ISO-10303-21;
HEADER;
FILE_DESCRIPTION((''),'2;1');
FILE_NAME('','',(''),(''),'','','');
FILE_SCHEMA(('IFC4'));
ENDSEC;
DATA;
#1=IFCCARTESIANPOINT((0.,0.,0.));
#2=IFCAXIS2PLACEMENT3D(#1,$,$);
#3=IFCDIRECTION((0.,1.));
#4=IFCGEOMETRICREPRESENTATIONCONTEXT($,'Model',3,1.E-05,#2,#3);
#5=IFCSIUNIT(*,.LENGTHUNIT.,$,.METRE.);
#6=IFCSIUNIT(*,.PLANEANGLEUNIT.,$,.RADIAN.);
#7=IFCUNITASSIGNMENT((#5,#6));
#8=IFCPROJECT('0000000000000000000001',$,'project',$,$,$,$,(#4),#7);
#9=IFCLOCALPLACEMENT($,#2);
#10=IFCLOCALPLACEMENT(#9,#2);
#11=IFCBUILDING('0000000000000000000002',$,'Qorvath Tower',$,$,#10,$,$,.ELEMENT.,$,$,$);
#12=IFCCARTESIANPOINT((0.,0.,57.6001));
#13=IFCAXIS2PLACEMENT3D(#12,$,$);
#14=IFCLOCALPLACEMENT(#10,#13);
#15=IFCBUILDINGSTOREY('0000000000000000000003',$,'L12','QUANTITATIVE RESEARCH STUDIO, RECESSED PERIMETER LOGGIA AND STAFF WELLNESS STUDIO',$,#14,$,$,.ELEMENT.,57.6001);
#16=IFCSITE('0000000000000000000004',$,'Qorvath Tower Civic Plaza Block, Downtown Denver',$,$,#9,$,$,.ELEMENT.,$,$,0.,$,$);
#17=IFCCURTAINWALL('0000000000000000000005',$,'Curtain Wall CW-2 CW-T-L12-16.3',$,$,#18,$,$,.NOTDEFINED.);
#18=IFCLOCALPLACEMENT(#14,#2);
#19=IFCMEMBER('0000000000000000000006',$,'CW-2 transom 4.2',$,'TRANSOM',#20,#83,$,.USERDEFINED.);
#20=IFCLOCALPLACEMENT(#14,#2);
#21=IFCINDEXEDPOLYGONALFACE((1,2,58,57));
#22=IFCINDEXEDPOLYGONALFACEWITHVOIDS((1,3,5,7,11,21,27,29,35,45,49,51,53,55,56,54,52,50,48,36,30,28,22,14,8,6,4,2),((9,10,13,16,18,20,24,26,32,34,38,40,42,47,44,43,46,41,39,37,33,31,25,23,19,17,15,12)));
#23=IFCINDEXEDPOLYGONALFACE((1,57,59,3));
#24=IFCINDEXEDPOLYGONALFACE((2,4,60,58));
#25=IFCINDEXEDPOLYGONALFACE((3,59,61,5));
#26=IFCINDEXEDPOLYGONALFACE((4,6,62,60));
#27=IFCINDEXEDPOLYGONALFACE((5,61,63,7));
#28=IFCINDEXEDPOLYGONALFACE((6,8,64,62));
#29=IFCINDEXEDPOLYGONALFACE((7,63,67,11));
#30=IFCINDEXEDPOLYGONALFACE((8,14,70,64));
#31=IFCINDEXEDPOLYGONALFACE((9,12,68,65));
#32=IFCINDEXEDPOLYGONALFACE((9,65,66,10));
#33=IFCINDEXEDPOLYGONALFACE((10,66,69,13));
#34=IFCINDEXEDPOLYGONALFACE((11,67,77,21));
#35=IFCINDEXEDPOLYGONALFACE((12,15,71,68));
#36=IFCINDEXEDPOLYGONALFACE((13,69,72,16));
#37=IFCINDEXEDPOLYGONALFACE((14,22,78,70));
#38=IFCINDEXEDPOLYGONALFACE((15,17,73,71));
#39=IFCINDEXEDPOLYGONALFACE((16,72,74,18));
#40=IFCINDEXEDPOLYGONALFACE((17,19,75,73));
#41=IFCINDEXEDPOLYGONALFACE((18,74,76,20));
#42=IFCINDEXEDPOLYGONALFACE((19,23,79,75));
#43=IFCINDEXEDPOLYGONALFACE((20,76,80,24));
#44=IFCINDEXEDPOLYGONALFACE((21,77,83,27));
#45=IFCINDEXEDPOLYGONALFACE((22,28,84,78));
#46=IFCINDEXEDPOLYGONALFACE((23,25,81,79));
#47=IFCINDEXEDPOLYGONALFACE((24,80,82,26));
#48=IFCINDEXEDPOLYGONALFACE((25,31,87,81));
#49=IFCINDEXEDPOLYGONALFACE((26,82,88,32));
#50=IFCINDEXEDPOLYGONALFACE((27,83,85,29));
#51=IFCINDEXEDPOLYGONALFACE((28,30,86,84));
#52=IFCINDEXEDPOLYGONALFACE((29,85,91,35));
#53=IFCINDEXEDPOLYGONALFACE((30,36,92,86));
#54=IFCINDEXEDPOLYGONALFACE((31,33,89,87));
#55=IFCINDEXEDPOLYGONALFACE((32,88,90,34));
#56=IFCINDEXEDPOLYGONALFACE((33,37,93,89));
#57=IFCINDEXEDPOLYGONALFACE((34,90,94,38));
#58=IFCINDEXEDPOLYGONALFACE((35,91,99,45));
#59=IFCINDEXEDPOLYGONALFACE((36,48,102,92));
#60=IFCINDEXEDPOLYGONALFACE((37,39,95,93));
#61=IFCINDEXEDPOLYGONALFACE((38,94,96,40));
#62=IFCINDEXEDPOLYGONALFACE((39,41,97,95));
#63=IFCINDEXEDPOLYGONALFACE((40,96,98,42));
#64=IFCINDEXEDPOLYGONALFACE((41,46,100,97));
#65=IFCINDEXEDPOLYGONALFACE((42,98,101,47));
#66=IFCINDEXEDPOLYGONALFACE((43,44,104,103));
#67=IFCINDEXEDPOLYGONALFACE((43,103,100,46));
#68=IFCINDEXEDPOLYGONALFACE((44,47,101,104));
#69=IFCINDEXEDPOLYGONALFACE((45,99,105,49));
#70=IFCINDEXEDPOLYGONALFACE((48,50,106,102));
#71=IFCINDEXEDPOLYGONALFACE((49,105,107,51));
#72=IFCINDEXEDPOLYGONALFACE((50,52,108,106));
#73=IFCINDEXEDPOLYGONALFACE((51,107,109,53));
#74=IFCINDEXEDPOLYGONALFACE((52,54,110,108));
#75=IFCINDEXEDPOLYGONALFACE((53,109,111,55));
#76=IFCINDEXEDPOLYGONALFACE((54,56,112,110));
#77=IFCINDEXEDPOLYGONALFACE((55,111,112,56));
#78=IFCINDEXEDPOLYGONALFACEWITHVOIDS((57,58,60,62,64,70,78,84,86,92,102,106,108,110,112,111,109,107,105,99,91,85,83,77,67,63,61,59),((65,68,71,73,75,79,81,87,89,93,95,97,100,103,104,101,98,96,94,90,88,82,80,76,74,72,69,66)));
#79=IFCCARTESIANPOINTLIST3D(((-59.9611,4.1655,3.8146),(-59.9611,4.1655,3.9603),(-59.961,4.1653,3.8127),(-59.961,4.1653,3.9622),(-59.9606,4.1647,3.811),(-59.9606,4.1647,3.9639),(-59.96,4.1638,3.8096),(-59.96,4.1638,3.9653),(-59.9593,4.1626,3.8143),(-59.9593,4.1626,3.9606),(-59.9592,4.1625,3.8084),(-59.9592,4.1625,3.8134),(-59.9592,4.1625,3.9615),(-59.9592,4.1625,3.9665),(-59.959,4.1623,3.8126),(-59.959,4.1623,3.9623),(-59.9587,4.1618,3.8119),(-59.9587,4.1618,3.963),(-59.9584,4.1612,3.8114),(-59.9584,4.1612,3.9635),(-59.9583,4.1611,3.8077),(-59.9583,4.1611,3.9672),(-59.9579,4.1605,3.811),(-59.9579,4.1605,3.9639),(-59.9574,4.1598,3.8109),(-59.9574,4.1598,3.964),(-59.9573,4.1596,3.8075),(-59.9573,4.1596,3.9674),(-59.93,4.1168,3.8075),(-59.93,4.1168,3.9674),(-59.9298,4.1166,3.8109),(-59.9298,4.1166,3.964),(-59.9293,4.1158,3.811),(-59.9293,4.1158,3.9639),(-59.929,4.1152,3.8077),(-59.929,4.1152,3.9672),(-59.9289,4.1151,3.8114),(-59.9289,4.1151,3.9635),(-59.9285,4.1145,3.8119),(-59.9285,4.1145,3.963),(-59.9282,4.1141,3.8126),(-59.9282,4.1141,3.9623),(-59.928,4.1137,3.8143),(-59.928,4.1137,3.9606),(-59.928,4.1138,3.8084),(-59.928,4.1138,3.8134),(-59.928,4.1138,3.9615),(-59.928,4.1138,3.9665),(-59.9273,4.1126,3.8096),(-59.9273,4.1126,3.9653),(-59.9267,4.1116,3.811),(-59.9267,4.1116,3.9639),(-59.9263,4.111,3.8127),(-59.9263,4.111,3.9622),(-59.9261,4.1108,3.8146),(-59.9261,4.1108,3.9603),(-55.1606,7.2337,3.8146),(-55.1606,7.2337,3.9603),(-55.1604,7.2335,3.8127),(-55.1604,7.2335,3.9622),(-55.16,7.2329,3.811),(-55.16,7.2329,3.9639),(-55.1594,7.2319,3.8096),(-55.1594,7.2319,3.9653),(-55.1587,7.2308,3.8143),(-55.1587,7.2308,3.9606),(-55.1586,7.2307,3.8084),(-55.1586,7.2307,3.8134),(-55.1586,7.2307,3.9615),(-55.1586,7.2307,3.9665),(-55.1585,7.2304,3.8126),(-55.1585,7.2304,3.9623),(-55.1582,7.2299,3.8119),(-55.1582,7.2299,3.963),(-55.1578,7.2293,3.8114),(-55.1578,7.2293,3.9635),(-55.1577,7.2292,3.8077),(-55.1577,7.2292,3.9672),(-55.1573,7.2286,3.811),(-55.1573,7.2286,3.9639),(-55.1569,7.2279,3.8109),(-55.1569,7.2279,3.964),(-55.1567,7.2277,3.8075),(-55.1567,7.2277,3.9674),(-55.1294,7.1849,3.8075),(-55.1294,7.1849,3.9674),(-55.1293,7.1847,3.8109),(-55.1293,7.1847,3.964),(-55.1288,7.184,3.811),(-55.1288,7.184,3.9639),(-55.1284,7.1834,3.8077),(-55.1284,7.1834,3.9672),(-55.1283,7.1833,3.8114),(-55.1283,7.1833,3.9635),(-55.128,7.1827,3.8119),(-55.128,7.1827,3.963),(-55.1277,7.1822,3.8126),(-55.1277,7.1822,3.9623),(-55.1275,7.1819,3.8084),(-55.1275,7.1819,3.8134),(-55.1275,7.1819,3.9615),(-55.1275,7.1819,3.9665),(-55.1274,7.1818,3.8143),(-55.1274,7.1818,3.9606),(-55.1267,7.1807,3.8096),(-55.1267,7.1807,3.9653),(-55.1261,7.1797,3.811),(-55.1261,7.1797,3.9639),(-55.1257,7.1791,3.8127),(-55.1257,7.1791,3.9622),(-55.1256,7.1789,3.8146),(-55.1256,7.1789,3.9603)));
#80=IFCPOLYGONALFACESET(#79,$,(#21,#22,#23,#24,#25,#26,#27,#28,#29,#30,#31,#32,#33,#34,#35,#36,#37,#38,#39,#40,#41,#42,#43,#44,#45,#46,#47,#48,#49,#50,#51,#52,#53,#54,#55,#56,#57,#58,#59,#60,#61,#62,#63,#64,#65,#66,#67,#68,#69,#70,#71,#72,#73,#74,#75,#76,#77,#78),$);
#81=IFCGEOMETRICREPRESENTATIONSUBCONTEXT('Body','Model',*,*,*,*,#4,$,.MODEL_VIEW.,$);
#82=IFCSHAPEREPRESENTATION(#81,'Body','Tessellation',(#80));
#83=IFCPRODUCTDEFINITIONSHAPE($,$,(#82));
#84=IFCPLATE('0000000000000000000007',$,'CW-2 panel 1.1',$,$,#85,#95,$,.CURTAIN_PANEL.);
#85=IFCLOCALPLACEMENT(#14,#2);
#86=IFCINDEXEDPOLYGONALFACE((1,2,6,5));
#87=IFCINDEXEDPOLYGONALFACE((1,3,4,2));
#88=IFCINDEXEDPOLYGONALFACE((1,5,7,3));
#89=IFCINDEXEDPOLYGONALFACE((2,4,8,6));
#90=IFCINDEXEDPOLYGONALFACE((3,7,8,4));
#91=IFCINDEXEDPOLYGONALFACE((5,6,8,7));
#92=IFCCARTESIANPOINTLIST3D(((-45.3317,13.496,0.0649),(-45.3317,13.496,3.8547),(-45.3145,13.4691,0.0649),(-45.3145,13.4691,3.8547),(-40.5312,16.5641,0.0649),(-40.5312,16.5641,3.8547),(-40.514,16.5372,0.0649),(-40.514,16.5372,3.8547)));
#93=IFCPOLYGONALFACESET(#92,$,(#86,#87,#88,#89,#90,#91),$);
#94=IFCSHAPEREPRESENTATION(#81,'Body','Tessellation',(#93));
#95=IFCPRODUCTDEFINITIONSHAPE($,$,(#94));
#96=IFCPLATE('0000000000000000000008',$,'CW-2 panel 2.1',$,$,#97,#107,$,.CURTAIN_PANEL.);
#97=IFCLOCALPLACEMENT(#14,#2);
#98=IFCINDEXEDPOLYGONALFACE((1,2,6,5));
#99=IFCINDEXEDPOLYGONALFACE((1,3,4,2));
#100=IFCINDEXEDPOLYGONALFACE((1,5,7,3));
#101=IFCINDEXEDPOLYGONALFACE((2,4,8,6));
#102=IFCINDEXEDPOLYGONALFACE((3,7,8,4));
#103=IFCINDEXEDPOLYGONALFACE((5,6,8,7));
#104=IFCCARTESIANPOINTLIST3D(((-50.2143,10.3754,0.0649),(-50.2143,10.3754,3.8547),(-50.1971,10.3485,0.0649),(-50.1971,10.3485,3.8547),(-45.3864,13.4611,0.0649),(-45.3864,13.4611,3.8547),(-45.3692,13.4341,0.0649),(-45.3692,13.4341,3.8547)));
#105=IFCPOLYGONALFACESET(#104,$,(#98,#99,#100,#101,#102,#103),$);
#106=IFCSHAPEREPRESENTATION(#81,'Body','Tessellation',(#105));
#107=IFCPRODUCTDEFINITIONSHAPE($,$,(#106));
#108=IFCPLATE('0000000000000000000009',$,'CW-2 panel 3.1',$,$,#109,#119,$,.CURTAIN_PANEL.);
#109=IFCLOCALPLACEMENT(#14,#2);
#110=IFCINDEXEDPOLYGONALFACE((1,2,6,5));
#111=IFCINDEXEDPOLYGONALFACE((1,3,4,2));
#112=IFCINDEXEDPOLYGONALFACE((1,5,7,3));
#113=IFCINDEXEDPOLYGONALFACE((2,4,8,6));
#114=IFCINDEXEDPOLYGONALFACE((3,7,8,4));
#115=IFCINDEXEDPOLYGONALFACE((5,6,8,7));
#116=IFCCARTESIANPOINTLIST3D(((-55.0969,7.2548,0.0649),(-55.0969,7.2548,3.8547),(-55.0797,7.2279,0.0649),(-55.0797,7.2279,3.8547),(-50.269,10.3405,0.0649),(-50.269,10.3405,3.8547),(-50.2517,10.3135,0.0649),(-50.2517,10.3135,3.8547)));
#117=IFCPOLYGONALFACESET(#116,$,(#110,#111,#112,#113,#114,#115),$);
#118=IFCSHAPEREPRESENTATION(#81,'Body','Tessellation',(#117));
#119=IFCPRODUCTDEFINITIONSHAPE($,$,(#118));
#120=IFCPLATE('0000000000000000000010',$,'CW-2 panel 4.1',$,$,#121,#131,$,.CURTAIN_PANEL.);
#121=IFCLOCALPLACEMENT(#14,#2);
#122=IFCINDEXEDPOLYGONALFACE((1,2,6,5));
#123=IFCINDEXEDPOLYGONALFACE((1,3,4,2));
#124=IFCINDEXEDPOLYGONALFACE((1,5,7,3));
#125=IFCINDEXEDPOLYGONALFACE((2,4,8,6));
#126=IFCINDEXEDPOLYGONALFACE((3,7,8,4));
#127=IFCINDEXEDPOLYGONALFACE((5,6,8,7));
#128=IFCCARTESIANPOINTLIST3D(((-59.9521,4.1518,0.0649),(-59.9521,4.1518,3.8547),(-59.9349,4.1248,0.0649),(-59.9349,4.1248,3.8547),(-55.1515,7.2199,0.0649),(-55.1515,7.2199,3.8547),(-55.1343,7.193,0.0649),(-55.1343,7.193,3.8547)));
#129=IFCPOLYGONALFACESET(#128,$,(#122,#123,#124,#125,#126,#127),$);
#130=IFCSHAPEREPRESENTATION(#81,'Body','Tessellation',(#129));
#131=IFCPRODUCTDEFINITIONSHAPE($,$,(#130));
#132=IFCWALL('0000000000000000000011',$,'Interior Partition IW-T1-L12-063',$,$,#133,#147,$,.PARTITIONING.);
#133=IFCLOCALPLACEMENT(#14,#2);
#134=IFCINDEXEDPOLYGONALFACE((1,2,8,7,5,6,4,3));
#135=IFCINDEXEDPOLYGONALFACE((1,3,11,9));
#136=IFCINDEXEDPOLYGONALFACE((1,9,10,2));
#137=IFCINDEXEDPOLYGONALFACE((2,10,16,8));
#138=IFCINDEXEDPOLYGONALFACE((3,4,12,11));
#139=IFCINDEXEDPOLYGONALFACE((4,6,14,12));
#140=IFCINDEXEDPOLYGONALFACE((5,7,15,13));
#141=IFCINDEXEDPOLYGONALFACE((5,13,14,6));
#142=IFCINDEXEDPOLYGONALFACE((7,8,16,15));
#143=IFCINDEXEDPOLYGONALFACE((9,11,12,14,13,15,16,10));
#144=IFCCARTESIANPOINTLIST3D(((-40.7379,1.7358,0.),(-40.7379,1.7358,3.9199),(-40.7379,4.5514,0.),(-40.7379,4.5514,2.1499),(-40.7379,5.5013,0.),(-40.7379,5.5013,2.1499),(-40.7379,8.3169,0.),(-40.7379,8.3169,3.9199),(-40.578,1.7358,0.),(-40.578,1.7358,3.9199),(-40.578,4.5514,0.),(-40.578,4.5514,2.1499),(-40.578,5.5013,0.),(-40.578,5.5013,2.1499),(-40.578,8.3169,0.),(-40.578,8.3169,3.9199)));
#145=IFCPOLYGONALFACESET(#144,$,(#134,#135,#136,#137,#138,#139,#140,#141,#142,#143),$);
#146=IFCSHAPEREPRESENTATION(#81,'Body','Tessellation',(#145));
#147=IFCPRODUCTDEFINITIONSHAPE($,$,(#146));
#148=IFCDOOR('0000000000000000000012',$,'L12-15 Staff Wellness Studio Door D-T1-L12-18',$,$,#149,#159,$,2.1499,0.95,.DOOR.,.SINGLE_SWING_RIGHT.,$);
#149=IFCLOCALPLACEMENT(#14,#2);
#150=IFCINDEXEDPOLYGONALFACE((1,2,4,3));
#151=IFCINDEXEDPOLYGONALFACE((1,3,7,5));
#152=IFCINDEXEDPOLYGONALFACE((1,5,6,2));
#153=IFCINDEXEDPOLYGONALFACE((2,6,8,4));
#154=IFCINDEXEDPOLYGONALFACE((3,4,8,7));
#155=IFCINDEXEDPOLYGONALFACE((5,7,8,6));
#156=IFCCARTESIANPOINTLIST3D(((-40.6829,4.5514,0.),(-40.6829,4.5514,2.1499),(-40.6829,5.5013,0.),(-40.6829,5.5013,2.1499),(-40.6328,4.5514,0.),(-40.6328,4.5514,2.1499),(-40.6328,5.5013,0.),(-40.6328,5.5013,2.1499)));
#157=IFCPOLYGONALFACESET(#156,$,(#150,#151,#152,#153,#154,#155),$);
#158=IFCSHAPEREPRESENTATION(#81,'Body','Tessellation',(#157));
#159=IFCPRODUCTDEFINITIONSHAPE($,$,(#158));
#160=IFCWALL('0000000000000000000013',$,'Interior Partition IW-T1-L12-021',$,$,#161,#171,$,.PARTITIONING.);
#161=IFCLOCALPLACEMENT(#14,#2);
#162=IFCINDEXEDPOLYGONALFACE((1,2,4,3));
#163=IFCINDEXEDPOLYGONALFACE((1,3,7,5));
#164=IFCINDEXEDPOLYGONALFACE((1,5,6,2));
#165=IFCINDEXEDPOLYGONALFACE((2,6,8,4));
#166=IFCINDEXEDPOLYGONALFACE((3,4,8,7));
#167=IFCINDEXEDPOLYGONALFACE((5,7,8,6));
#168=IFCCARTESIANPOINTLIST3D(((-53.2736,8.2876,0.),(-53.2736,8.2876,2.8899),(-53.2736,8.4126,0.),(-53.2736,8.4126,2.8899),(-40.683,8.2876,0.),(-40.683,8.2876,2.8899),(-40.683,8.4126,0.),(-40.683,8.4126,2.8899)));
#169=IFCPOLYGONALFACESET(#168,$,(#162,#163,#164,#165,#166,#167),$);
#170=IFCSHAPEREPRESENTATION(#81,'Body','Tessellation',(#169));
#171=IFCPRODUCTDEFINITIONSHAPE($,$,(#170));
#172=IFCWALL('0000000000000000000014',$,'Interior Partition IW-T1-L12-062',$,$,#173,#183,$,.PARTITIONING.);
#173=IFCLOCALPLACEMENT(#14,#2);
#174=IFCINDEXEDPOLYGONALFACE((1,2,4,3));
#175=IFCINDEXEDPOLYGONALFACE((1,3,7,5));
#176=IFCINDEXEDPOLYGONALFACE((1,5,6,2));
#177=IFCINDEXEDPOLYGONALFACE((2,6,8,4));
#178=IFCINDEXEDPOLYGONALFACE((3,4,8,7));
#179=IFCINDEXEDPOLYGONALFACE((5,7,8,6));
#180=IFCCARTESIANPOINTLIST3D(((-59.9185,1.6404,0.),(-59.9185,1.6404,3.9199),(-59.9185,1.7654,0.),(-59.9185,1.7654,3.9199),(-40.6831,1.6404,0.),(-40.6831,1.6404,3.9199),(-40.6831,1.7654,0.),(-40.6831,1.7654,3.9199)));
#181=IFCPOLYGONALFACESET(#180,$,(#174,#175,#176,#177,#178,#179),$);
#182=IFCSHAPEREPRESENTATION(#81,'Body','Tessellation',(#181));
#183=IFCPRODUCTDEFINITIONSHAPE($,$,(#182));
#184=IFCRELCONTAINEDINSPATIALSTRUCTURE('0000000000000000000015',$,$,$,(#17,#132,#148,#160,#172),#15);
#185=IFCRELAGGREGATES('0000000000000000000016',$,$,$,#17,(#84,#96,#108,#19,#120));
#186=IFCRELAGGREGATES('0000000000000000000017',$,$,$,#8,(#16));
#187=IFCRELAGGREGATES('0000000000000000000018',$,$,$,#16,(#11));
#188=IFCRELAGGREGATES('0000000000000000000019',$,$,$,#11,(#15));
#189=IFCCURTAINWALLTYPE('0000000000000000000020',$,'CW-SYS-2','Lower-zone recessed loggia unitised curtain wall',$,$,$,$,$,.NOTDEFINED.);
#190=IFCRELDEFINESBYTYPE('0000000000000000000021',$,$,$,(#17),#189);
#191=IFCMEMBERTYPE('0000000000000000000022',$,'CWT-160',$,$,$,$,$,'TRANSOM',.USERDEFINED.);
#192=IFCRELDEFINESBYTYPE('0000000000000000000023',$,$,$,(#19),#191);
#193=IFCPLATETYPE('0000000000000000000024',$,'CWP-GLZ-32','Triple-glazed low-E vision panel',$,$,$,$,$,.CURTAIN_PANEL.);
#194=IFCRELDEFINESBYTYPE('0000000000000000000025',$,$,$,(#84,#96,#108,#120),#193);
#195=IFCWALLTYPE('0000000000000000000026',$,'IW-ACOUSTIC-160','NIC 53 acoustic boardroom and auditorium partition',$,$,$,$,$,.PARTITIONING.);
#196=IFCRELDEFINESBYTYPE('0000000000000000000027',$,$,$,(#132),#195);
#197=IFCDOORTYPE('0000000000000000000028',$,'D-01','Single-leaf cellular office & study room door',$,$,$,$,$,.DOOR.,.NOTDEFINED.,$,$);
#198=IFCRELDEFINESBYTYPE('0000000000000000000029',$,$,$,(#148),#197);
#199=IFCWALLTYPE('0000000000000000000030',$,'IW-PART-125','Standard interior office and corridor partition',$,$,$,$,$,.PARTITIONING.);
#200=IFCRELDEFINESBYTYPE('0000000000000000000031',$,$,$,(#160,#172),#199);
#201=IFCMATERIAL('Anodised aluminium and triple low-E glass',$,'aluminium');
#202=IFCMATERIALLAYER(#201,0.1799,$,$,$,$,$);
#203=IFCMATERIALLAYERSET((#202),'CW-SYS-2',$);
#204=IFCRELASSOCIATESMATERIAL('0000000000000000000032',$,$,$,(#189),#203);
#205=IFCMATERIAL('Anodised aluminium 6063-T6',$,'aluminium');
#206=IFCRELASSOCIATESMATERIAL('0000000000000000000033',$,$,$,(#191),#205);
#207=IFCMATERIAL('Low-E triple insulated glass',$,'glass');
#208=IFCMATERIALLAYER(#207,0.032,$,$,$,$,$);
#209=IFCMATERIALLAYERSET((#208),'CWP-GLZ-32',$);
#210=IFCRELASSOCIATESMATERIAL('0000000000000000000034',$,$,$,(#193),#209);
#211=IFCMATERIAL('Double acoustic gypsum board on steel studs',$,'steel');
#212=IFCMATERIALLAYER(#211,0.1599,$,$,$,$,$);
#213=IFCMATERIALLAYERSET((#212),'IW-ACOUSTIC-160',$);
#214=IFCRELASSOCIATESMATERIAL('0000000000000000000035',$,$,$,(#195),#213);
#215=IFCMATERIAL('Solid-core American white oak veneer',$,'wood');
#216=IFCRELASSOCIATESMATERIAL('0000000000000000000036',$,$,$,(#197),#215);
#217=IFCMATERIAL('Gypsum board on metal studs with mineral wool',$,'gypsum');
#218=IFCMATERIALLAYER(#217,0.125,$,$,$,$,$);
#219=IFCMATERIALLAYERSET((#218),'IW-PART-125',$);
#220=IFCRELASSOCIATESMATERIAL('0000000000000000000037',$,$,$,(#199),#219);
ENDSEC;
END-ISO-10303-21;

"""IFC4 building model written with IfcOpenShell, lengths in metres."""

from ifc_helpers import new_model, si_unit, direction, frame, frame_2d, origin, origin_2d, place, context, subcontext, project, spatial, rectangle, hollow_rectangle, extrude, material, layer, layer_set, material_profile, profile_set, type_object, element, fill, aggregate, save


model = new_model("IFC4")

# Units and contexts
model_context = context("Model", 3, precision=1e-05, world=origin(), true_north=direction((0.0, 1.0)))
body_context = subcontext(model_context, "Body", "Model", "MODEL_VIEW")
ifc_project = project(units=[si_unit("LENGTHUNIT", "METRE"), si_unit("PLANEANGLEUNIT", "RADIAN")], contexts=[model_context])

# Site, building, storey
site_placement = place(None, origin())
site = spatial("IfcSite", under=ifc_project, at=site_placement, Name="Qorvath Tower Civic Plaza Block, Downtown Denver", CompositionType="ELEMENT", RefElevation=0.0)
building_placement = place(site_placement, origin())
building = spatial("IfcBuilding", under=site, at=building_placement, Name="Qorvath Tower", CompositionType="ELEMENT")
storey_placement = place(building_placement, frame((0.0, 0.0, 57.6001)))
storey = spatial("IfcBuildingStorey", under=building, at=storey_placement, Name="L12", Description="QUANTITATIVE RESEARCH STUDIO, RECESSED PERIMETER LOGGIA AND STAFF WELLNESS STUDIO", CompositionType="ELEMENT", Elevation=57.6001)

# Curtain wall, member, plates
ifc_material_1 = material(Name="Anodised aluminium and triple low-E glass", Category="aluminium")
ifc_layer_1 = layer(ifc_material_1, 0.1799)
ifc_layer_set_1 = layer_set([ifc_layer_1], Name="CW-SYS-2")
curtain_wall_type = type_object("IfcCurtainWallType", Name="CW-SYS-2", Description="Lower-zone recessed loggia unitised curtain wall", PredefinedType="NOTDEFINED", material=ifc_layer_set_1)
curtain_wall_placement = place(storey_placement, origin())
curtain_wall = element("IfcCurtainWall", 1, at=curtain_wall_placement, inside=storey, type_object=curtain_wall_type, Name="Curtain Wall CW-2 CW-T-L12-16.3", PredefinedType="NOTDEFINED")
ifc_material_2 = material(Name="Anodised aluminium 6063-T6", Category="aluminium")
ifc_material_profile_1 = material_profile(ifc_material_2, hollow_rectangle(XDim=0.0649, YDim=0.1599, WallThickness=0.0034, InnerFilletRadius=0.0034, OuterFilletRadius=0.0071, at=origin_2d()), Name="CWT 160x65")
ifc_profile_set_1 = profile_set([ifc_material_profile_1], Name="Anodised aluminium 6063-T6")
member_type_1 = type_object("IfcMemberType", Name="CWT-160", ElementType="TRANSOM", PredefinedType="USERDEFINED", material=ifc_profile_set_1)
member_1_placement = place(storey_placement, frame((-55.1431, 7.2063, 3.8875), z_axis=(-0.842608, -0.538527, 0.0), x_axis=(0.538527, -0.842608, 0.0)))
member_1 = element("IfcMember", 2, at=member_1_placement, type_object=member_type_1, Name="CW-2 transom 4.2", ObjectType="TRANSOM", PredefinedType="USERDEFINED", context=body_context, shape_type="SweptSolid", body=[
    extrude(hollow_rectangle(XDim=0.0649, YDim=0.1599, WallThickness=0.0034, InnerFilletRadius=0.0034, OuterFilletRadius=0.0071, at=origin_2d()), origin(), (0.0, 0.0, 1.0), 5.6973),
])
ifc_material_3 = material(Name="Low-E triple insulated glass", Category="glass")
ifc_layer_2 = layer(ifc_material_3, 0.032)
ifc_layer_set_2 = layer_set([ifc_layer_2], Name="CWP-GLZ-32")
plate_type = type_object("IfcPlateType", Name="CWP-GLZ-32", Description="Triple-glazed low-E vision panel", PredefinedType="CURTAIN_PANEL", material=ifc_layer_set_2)
plate_1_placement = place(storey_placement, frame((-42.9229, 15.0166, 0.0649), z_axis=(0.0, 0.0, 1.0), x_axis=(-0.842607, -0.53853, 0.0)))
plate_1 = element("IfcPlate", 3, at=plate_1_placement, type_object=plate_type, Name="CW-2 panel 1.1", PredefinedType="CURTAIN_PANEL", context=body_context, shape_type="SweptSolid", body=[
    extrude(rectangle(XDim=5.6973, YDim=0.032, at=origin_2d()), origin(), (0.0, 0.0, 1.0), 3.7898),
])
plate_2_placement = place(storey_placement, frame((-47.7917, 11.9048, 0.0649), z_axis=(0.0, 0.0, 1.0), x_axis=(-0.842607, -0.53853, 0.0)))
plate_2 = element("IfcPlate", 4, at=plate_2_placement, type_object=plate_type, Name="CW-2 panel 2.1", PredefinedType="CURTAIN_PANEL", context=body_context, shape_type="SweptSolid", body=[
    extrude(rectangle(XDim=5.7297, YDim=0.032, at=origin_2d()), origin(), (0.0, 0.0, 1.0), 3.7898),
])
plate_3_placement = place(storey_placement, frame((-52.6743, 8.7842, 0.0649), z_axis=(0.0, 0.0, 1.0), x_axis=(-0.842607, -0.53853, 0.0)))
plate_3 = element("IfcPlate", 5, at=plate_3_placement, type_object=plate_type, Name="CW-2 panel 3.1", PredefinedType="CURTAIN_PANEL", context=body_context, shape_type="SweptSolid", body=[
    extrude(rectangle(XDim=5.7297, YDim=0.032, at=origin_2d()), origin(), (0.0, 0.0, 1.0), 3.7898),
])
plate_4_placement = place(storey_placement, frame((-57.5432, 5.6724, 0.0649), z_axis=(0.0, 0.0, 1.0), x_axis=(-0.842607, -0.53853, 0.0)))
plate_4 = element("IfcPlate", 6, at=plate_4_placement, type_object=plate_type, Name="CW-2 panel 4.1", PredefinedType="CURTAIN_PANEL", context=body_context, shape_type="SweptSolid", body=[
    extrude(rectangle(XDim=5.6973, YDim=0.032, at=origin_2d()), origin(), (0.0, 0.0, 1.0), 3.7898),
])
aggregate(curtain_wall, [plate_1, plate_2, plate_3, member_1, plate_4])

# Wall, opening, door
ifc_material_4 = material(Name="Double acoustic gypsum board on steel studs", Category="steel")
ifc_layer_3 = layer(ifc_material_4, 0.1599)
ifc_layer_set_3 = layer_set([ifc_layer_3], Name="IW-ACOUSTIC-160")
wall_type_1 = type_object("IfcWallType", Name="IW-ACOUSTIC-160", Description="NIC 53 acoustic boardroom and auditorium partition", PredefinedType="PARTITIONING", material=ifc_layer_set_3)
wall_1_placement = place(storey_placement, frame((-40.658, 1.7358, 0.0), z_axis=(0.0, 0.0, 1.0), x_axis=(0.0, 1.0, 0.0)))
wall_1 = element("IfcWall", 7, at=wall_1_placement, inside=storey, type_object=wall_type_1, Name="Interior Partition IW-T1-L12-063", PredefinedType="PARTITIONING", context=body_context, shape_type="SweptSolid", body=[
    extrude(rectangle(XDim=6.5811, YDim=0.1599, at=frame_2d((3.2905, 0.0))), origin(), (0.0, 0.0, 1.0), 3.9199),
])
opening_1_placement = place(wall_1_placement, frame((2.8154, 0.0, 0.0)))
opening_1 = element("IfcOpeningElement", 8, at=opening_1_placement, cuts=wall_1, PredefinedType="OPENING", context=body_context, shape_type="SweptSolid", body=[
    extrude(rectangle(XDim=0.95, YDim=2.1499, at=frame_2d((0.4751, 1.075))), frame((0.0, 0.0898, 0.0), z_axis=(0.0, -1.0, 0.0), x_axis=(1.0, 0.0, 0.0)), (0.0, 0.0, 1.0), 0.1799),
])
ifc_material_5 = material(Name="Solid-core American white oak veneer", Category="wood")
door_type = type_object("IfcDoorType", Name="D-01", Description="Single-leaf cellular office & study room door", OperationType="NOTDEFINED", PredefinedType="DOOR", material=ifc_material_5)
door_1_placement = place(opening_1_placement, origin())
door_1 = element("IfcDoor", 9, at=door_1_placement, inside=storey, type_object=door_type, Name="L12-15 Staff Wellness Studio Door D-T1-L12-18", OperationType="SINGLE_SWING_RIGHT", OverallHeight=2.1499, OverallWidth=0.95, PredefinedType="DOOR", context=body_context, shape_type="SweptSolid", body=[
    extrude(rectangle(XDim=0.95, YDim=2.1499, at=frame_2d((0.4751, 1.075))), frame((0.0, 0.0249, 0.0), z_axis=(0.0, -1.0, 0.0), x_axis=(1.0, 0.0, 0.0)), (0.0, 0.0, 1.0), 0.05),
])
fill(opening_1, door_1)
ifc_material_6 = material(Name="Gypsum board on metal studs with mineral wool", Category="gypsum")
ifc_layer_4 = layer(ifc_material_6, 0.125)
ifc_layer_set_4 = layer_set([ifc_layer_4], Name="IW-PART-125")
wall_type_2 = type_object("IfcWallType", Name="IW-PART-125", Description="Standard interior office and corridor partition", PredefinedType="PARTITIONING", material=ifc_layer_set_4)

# Walls
wall_2_placement = place(storey_placement, frame((-53.2737, 8.3501, 0.0), z_axis=(0.0, 0.0, 1.0), x_axis=(1.0, 0.0, 0.0)))
element("IfcWall", 10, at=wall_2_placement, inside=storey, type_object=wall_type_2, Name="Interior Partition IW-T1-L12-021", PredefinedType="PARTITIONING", context=body_context, shape_type="SweptSolid", body=[
    extrude(rectangle(XDim=12.5906, YDim=0.125, at=frame_2d((6.2954, 0.0))), origin(), (0.0, 0.0, 1.0), 2.8899),
])
wall_3_placement = place(storey_placement, frame((-40.6831, 1.7029, 0.0), z_axis=(0.0, 0.0, 1.0), x_axis=(-1.0, 0.0, 0.0)))
element("IfcWall", 11, at=wall_3_placement, inside=storey, type_object=wall_type_2, Name="Interior Partition IW-T1-L12-062", PredefinedType="PARTITIONING", context=body_context, shape_type="SweptSolid", body=[
    extrude(rectangle(XDim=19.2354, YDim=0.125, at=frame_2d((9.6177, 0.0))), origin(), (0.0, 0.0, 1.0), 3.9199),
])

save(model, "model.ifc")
